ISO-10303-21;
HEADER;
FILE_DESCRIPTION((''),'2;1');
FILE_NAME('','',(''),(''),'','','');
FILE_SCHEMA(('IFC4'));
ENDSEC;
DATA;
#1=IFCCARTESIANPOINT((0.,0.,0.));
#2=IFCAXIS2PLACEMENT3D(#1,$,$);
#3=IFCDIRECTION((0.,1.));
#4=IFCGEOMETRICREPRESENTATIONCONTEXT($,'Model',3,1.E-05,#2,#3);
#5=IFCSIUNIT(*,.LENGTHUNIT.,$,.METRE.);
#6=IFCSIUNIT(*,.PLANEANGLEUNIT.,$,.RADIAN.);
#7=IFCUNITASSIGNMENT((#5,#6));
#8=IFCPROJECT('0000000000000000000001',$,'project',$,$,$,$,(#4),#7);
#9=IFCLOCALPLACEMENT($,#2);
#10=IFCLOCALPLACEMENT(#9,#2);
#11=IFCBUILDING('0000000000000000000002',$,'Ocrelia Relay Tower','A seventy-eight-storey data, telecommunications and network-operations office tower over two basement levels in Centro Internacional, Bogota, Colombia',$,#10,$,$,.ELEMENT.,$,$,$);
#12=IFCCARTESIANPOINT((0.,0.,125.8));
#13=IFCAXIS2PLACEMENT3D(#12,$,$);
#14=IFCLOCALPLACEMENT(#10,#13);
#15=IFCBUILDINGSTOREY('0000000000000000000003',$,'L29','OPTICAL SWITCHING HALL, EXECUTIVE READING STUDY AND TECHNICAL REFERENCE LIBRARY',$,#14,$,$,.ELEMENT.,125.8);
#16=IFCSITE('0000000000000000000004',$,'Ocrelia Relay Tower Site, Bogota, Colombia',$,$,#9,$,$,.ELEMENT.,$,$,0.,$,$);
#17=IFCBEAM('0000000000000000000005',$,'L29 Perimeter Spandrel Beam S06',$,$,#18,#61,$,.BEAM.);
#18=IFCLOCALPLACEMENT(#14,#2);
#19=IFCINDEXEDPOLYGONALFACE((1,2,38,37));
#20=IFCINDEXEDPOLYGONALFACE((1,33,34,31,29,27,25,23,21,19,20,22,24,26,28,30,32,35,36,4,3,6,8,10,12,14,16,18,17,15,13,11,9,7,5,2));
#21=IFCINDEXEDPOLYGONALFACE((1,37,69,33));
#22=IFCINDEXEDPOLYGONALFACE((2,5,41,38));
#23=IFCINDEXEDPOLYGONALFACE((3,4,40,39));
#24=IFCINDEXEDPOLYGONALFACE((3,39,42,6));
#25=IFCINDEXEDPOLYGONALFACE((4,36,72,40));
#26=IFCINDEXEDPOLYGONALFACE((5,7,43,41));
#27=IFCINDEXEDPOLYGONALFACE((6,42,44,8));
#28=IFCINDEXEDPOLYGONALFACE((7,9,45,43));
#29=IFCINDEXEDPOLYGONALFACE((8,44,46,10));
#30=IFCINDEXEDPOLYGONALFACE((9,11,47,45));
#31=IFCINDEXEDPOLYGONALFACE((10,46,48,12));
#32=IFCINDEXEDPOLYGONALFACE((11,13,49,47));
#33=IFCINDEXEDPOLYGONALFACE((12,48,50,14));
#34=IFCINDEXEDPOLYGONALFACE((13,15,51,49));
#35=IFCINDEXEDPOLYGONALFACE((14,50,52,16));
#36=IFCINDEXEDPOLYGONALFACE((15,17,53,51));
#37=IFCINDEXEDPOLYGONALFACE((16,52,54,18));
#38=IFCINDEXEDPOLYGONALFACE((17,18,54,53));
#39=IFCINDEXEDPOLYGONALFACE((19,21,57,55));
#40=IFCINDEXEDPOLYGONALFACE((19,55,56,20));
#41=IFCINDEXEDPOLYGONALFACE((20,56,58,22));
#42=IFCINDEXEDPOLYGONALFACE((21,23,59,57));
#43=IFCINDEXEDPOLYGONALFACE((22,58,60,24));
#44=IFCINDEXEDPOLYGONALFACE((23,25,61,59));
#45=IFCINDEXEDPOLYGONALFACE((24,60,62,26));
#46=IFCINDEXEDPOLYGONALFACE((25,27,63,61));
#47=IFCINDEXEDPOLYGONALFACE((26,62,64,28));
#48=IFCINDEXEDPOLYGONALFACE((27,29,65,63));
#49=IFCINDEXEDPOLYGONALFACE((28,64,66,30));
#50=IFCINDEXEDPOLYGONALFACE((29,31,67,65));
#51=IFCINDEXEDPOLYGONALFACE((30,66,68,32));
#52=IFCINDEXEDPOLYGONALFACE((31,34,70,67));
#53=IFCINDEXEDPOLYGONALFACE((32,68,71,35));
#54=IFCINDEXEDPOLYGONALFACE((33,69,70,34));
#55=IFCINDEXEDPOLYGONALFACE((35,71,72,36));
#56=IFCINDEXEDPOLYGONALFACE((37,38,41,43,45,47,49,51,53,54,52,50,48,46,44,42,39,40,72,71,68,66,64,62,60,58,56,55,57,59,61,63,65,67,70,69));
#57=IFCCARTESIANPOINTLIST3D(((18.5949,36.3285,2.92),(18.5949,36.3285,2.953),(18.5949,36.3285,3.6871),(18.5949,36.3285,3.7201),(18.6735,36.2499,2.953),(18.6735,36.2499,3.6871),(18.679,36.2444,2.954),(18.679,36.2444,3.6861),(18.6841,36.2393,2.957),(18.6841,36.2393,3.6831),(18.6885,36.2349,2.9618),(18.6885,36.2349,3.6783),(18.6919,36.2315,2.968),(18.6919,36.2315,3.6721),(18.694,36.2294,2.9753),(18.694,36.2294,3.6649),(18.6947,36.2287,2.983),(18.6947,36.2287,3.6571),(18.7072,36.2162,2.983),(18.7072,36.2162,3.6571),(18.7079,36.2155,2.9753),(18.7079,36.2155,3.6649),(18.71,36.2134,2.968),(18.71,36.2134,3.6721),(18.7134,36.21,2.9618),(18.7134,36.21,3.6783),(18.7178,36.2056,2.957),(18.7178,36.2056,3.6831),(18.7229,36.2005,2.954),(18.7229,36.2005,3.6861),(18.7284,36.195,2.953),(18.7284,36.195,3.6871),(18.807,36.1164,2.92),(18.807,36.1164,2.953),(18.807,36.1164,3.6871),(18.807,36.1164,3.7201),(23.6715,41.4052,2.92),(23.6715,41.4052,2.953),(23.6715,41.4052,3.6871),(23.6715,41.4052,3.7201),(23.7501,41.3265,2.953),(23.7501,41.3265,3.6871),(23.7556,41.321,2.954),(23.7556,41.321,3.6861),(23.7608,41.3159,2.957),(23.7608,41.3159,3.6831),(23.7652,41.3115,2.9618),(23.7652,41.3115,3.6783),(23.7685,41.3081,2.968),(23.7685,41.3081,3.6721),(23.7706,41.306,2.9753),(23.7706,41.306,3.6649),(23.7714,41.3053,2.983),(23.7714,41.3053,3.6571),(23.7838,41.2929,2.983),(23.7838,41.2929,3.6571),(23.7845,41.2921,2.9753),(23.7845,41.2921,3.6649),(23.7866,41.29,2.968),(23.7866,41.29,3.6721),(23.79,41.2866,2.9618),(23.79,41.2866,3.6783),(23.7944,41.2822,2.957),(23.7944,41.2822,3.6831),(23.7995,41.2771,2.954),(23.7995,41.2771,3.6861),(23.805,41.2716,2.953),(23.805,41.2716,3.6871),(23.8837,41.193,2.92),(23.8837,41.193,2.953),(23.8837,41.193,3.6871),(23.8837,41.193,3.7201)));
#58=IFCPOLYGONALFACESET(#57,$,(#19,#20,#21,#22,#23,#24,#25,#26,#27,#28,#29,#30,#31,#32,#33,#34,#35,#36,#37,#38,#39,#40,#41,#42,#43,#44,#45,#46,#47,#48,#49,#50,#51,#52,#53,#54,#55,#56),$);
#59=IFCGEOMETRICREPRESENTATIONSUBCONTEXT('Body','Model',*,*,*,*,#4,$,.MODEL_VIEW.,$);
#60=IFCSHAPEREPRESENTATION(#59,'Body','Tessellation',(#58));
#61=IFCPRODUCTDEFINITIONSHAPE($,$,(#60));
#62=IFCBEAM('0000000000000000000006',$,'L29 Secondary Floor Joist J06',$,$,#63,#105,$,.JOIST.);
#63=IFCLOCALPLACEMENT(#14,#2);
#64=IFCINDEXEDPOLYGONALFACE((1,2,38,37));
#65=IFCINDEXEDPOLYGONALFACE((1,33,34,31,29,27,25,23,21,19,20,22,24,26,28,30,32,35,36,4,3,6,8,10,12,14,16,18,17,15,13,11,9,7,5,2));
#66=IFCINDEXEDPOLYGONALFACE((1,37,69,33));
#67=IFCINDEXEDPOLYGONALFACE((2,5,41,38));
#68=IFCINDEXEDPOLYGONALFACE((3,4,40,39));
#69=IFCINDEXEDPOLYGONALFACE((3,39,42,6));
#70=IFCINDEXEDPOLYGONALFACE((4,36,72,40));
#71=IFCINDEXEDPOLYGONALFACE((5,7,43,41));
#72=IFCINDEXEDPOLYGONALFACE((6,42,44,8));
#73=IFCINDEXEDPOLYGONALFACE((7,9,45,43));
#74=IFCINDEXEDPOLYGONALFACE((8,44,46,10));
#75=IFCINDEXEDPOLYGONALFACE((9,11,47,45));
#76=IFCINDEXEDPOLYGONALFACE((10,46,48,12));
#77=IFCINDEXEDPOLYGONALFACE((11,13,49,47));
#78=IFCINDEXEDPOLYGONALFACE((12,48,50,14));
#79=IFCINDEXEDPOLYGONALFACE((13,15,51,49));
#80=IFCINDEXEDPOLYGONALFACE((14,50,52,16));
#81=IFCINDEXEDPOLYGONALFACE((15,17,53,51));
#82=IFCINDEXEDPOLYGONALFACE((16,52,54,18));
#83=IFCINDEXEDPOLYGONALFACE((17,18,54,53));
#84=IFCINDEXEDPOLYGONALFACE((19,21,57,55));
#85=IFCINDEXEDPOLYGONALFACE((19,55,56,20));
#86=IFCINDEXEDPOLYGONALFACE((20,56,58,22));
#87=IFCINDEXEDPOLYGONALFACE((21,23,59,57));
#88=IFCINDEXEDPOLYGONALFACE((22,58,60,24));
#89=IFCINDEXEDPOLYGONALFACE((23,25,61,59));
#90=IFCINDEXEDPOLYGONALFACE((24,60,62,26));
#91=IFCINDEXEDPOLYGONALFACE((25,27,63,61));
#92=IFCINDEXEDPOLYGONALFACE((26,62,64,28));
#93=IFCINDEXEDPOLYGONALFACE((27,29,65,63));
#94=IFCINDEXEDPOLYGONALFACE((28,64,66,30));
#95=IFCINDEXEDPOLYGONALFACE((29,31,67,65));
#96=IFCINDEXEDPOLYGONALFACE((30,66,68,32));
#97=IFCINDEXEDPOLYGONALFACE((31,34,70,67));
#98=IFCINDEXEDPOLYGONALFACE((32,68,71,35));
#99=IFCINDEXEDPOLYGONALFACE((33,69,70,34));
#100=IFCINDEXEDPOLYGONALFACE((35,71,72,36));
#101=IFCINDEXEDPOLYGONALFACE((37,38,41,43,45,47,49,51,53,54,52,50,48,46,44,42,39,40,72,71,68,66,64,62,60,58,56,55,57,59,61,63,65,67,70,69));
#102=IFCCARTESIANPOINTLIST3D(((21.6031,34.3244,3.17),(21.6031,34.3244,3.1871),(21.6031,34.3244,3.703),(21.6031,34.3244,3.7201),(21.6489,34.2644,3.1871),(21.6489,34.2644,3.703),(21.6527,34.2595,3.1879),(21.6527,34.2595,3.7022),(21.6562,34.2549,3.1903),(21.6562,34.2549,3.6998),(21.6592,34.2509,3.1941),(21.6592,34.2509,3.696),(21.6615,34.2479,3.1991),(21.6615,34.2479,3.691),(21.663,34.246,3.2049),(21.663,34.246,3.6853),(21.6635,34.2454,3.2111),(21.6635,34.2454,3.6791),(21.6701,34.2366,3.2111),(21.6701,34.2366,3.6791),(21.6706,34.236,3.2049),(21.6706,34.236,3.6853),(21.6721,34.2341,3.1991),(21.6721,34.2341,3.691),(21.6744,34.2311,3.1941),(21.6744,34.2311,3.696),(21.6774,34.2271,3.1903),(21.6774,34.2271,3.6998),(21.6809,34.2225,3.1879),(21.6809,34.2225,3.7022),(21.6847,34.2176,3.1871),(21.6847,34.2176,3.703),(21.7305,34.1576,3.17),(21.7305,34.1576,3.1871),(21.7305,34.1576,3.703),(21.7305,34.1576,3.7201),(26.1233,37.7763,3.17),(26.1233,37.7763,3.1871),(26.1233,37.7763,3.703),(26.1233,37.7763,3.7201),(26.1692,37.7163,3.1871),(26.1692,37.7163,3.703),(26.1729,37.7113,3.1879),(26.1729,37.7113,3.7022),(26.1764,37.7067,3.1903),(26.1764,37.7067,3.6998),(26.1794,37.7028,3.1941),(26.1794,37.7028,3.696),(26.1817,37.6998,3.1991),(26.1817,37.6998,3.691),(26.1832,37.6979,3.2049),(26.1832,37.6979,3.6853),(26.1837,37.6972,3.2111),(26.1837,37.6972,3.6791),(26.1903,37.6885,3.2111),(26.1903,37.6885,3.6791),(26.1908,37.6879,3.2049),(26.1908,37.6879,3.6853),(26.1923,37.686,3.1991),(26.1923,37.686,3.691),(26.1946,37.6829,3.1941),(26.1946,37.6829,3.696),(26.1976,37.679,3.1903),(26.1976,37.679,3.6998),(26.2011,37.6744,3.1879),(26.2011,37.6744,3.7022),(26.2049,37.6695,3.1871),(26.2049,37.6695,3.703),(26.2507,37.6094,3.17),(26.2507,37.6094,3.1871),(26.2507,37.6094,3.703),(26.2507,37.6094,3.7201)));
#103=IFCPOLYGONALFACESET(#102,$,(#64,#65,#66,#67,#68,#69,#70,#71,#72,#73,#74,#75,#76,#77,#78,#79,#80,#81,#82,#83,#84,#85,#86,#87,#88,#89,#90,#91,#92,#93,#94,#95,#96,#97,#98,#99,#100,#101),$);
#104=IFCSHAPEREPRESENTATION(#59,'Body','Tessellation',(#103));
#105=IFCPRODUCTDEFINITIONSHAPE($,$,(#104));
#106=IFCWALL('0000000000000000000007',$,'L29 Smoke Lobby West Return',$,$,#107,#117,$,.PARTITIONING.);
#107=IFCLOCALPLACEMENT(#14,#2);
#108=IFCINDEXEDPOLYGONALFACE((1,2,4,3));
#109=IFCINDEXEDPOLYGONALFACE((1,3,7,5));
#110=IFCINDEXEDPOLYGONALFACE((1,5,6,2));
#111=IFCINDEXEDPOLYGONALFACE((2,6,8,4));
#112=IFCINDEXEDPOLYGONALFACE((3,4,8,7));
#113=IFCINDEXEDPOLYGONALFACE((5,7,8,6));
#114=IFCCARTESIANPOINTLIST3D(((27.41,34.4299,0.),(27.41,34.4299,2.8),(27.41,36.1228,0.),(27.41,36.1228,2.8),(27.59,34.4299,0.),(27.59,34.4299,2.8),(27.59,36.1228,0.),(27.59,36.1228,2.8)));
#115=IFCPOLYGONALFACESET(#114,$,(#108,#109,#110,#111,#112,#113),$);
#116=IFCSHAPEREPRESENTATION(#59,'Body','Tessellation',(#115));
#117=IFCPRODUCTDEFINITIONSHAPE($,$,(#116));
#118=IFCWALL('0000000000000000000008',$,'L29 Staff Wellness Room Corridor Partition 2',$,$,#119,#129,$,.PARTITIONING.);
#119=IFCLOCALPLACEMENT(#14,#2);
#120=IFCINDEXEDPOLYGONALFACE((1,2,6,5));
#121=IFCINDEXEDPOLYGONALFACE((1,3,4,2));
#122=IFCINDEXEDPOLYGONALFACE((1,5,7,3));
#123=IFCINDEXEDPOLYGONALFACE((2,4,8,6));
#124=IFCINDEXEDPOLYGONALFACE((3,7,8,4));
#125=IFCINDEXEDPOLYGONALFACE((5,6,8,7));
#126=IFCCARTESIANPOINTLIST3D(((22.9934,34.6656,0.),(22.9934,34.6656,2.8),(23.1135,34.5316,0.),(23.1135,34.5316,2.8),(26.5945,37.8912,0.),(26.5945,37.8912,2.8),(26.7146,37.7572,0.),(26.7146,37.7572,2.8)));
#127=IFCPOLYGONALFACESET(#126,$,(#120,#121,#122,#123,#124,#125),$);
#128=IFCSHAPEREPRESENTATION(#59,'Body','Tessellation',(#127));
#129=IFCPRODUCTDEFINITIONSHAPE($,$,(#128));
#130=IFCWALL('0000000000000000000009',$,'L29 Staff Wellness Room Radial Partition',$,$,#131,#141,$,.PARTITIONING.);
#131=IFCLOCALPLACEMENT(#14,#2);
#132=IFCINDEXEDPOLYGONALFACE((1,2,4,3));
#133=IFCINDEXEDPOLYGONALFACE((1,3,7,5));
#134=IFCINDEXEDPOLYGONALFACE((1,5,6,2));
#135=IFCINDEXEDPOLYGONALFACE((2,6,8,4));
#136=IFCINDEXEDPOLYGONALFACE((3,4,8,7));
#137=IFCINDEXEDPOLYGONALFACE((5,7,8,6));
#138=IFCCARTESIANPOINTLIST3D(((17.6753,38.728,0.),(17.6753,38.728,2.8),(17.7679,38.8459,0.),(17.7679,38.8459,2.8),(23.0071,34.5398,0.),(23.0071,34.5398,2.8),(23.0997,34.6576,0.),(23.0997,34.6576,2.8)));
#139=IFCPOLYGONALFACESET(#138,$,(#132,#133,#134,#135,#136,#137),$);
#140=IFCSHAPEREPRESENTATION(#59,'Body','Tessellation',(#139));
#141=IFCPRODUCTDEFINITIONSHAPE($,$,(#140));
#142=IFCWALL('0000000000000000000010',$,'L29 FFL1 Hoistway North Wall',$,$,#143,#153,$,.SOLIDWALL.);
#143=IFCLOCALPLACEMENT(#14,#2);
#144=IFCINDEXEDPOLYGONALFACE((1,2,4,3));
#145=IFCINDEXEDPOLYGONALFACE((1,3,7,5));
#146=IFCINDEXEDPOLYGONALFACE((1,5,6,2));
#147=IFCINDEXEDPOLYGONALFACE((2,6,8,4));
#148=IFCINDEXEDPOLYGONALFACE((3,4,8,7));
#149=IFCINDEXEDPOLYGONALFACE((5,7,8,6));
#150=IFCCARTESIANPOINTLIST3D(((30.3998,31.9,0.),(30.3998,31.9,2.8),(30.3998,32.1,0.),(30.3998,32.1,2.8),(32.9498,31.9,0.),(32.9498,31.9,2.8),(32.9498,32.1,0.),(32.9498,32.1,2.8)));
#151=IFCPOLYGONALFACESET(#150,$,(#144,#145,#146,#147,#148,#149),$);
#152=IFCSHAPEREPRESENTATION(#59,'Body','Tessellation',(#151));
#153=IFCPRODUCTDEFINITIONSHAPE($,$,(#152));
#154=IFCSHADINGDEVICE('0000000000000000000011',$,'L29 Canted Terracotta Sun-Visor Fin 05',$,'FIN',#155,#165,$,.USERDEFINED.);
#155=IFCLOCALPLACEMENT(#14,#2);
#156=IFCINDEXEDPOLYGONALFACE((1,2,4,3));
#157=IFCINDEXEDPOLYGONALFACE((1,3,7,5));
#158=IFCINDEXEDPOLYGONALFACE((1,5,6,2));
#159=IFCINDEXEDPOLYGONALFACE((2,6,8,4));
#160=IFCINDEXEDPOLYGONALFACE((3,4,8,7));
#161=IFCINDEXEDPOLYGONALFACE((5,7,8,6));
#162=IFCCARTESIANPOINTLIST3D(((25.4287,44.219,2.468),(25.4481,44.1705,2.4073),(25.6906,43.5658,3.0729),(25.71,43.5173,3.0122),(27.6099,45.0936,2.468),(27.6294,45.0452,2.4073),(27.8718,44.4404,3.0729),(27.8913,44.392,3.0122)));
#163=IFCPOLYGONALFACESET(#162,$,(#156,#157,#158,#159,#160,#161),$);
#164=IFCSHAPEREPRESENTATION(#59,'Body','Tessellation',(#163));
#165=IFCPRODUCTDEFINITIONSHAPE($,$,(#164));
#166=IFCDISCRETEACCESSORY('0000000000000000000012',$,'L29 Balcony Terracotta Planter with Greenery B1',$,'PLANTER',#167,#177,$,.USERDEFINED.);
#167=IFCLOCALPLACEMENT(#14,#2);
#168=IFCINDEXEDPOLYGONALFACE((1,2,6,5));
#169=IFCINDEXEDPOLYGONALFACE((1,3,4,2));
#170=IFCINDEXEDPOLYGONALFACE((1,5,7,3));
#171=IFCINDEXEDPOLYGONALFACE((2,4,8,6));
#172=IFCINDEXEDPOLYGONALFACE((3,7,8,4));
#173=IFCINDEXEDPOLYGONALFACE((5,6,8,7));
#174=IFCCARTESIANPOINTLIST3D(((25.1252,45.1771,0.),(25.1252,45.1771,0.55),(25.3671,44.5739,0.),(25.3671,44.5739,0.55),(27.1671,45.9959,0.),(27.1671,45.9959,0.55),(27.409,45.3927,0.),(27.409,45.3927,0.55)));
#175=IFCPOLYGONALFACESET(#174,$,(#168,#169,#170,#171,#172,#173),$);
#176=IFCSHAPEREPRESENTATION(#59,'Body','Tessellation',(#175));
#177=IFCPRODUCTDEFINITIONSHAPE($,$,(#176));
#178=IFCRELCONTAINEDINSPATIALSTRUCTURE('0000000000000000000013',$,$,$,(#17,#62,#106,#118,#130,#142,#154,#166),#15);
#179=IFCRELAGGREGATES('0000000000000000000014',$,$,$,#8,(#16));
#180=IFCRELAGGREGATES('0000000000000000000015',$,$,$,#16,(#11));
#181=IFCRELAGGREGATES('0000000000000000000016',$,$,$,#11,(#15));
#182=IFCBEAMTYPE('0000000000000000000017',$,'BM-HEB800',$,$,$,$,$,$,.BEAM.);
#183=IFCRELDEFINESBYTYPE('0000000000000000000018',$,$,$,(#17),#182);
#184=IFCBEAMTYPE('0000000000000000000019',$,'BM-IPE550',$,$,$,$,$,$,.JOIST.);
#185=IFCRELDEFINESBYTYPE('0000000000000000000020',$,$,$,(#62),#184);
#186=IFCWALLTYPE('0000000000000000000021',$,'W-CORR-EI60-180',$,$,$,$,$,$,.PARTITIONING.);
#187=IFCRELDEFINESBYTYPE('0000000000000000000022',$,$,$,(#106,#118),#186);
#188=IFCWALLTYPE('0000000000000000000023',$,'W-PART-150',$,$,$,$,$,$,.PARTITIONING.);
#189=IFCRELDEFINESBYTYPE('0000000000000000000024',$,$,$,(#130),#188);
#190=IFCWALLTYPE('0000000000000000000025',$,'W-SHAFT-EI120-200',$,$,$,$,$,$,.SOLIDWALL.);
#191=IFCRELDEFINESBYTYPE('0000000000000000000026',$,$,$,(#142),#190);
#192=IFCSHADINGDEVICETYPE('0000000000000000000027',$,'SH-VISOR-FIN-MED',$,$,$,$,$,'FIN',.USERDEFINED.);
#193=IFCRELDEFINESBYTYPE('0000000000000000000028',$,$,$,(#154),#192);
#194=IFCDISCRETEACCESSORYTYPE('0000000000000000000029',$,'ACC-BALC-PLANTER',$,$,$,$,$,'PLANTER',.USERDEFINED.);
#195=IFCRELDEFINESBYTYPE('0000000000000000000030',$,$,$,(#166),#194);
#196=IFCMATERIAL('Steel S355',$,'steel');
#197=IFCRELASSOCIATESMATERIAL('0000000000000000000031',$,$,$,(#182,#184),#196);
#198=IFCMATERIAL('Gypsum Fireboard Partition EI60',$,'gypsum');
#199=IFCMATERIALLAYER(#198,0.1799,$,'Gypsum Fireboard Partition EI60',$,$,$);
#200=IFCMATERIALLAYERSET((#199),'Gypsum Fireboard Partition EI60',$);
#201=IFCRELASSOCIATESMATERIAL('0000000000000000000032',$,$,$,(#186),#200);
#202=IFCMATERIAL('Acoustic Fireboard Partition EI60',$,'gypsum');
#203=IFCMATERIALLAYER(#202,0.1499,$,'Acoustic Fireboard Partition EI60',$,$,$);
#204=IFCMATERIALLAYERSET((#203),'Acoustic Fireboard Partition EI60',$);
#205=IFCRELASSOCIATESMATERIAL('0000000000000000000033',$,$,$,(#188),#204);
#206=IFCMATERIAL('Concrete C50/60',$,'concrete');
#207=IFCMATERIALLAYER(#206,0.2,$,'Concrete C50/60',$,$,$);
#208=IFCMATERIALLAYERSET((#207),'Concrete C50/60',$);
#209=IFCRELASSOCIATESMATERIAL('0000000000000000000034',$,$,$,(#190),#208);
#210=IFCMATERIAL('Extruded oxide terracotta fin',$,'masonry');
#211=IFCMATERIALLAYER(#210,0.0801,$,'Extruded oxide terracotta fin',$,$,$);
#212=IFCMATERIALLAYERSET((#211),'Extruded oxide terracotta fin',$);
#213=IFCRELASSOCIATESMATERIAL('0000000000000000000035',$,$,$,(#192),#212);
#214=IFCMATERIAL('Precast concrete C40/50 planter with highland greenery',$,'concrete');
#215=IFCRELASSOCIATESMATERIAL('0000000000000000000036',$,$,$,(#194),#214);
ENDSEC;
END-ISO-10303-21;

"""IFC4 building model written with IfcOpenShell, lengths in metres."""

from ifc_helpers import new_model, si_unit, direction, frame, frame_2d, origin, origin_2d, place, context, subcontext, project, spatial, rectangle, i_section, extrude, material, layer, layer_set, material_profile, profile_set, type_object, element, save


model = new_model("IFC4")

# Units and contexts
model_context = context("Model", 3, precision=1e-05, world=origin(), true_north=direction((0.0, 1.0)))
body_context = subcontext(model_context, "Body", "Model", "MODEL_VIEW")
ifc_project = project(units=[si_unit("LENGTHUNIT", "METRE"), si_unit("PLANEANGLEUNIT", "RADIAN")], contexts=[model_context])

# Site, building, storey
site_placement = place(None, origin())
site = spatial("IfcSite", under=ifc_project, at=site_placement, Name="Ocrelia Relay Tower Site, Bogota, Colombia", CompositionType="ELEMENT", RefElevation=0.0)
building_placement = place(site_placement, origin())
building = spatial("IfcBuilding", under=site, at=building_placement, Name="Ocrelia Relay Tower", Description="A seventy-eight-storey data, telecommunications and network-operations office tower over two basement levels in Centro Internacional, Bogota, Colombia", CompositionType="ELEMENT")
storey_placement = place(building_placement, frame((0.0, 0.0, 125.8)))
storey = spatial("IfcBuildingStorey", under=building, at=storey_placement, Name="L29", Description="OPTICAL SWITCHING HALL, EXECUTIVE READING STUDY AND TECHNICAL REFERENCE LIBRARY", CompositionType="ELEMENT", Elevation=125.8)

# Beams
ifc_material_1 = material(Name="Steel S355", Category="steel")
ifc_material_profile_1 = material_profile(ifc_material_1, i_section(OverallWidth=0.3, OverallDepth=0.8, WebThickness=0.0176, FlangeThickness=0.033, FilletRadius=0.03, at=origin_2d()), Name="HEB 800")
ifc_profile_set_1 = profile_set([ifc_material_profile_1], Name="Steel S355")
beam_type_1 = type_object("IfcBeamType", Name="BM-HEB800", PredefinedType="BEAM", material=ifc_profile_set_1)
beam_1_placement = place(storey_placement, frame((23.7776, 41.2991, 3.3201), z_axis=(-0.707107, -0.707107, 0.0), x_axis=(0.707107, -0.707107, 0.0)))
element("IfcBeam", 1, at=beam_1_placement, inside=storey, type_object=beam_type_1, Name="L29 Perimeter Spandrel Beam S06", PredefinedType="BEAM", context=body_context, shape_type="SweptSolid", body=[
    extrude(i_section(OverallWidth=0.3, OverallDepth=0.8, WebThickness=0.0176, FlangeThickness=0.033, FilletRadius=0.03, at=origin_2d()), origin(), (0.0, 0.0, 1.0), 7.1794),
])
ifc_material_profile_2 = material_profile(ifc_material_1, i_section(OverallWidth=0.21, OverallDepth=0.55, WebThickness=0.011, FlangeThickness=0.0171, FilletRadius=0.0239, at=origin_2d()), Name="IPE 550")
ifc_profile_set_2 = profile_set([ifc_material_profile_2], Name="Steel S355")
beam_type_2 = type_object("IfcBeamType", Name="BM-IPE550", PredefinedType="JOIST", material=ifc_profile_set_2)
beam_2_placement = place(storey_placement, frame((26.187, 37.6929, 3.4451), z_axis=(-0.794762, -0.606921, 0.0), x_axis=(0.606921, -0.794762, 0.0)))
element("IfcBeam", 2, at=beam_2_placement, inside=storey, type_object=beam_type_2, Name="L29 Secondary Floor Joist J06", PredefinedType="JOIST", context=body_context, shape_type="SweptSolid", body=[
    extrude(i_section(OverallWidth=0.21, OverallDepth=0.55, WebThickness=0.011, FlangeThickness=0.0171, FilletRadius=0.0239, at=origin_2d()), origin(), (0.0, 0.0, 1.0), 5.6875),
])

# Wall
ifc_material_2 = material(Name="Gypsum Fireboard Partition EI60", Category="gypsum")
ifc_layer_1 = layer(ifc_material_2, 0.1799, Name="Gypsum Fireboard Partition EI60")
ifc_layer_set_1 = layer_set([ifc_layer_1], Name="Gypsum Fireboard Partition EI60")
wall_type_1 = type_object("IfcWallType", Name="W-CORR-EI60-180", PredefinedType="PARTITIONING", material=ifc_layer_set_1)
wall_1_placement = place(storey_placement, frame((27.5, 34.4299, 0.0), z_axis=(0.0, 0.0, 1.0), x_axis=(0.0, 1.0, 0.0)))
element("IfcWall", 3, at=wall_1_placement, inside=storey, type_object=wall_type_1, Name="L29 Smoke Lobby West Return", PredefinedType="PARTITIONING", context=body_context, shape_type="SweptSolid", body=[
    extrude(rectangle(XDim=1.6929, YDim=0.1799, at=frame_2d((0.8464, 0.0))), origin(), (0.0, 0.0, 1.0), 2.8),
])

# Wall
wall_2_placement = place(storey_placement, frame((26.6545, 37.8242, 0.0), z_axis=(0.0, 0.0, 1.0), x_axis=(-0.744874, -0.667205, 0.0)))
element("IfcWall", 4, at=wall_2_placement, inside=storey, type_object=wall_type_1, Name="L29 Staff Wellness Room Corridor Partition 2", PredefinedType="PARTITIONING", context=body_context, shape_type="SweptSolid", body=[
    extrude(rectangle(XDim=4.8345, YDim=0.1799, at=frame_2d((2.4172, 0.0))), origin(), (0.0, 0.0, 1.0), 2.8),
])

# Shared definitions
ifc_material_3 = material(Name="Concrete C50/60", Category="concrete")

# Walls
ifc_material_4 = material(Name="Acoustic Fireboard Partition EI60", Category="gypsum")
ifc_layer_2 = layer(ifc_material_4, 0.1499, Name="Acoustic Fireboard Partition EI60")
ifc_layer_set_2 = layer_set([ifc_layer_2], Name="Acoustic Fireboard Partition EI60")
wall_type_2 = type_object("IfcWallType", Name="W-PART-150", PredefinedType="PARTITIONING", material=ifc_layer_set_2)
wall_3_placement = place(storey_placement, frame((23.0535, 34.5986, 0.0), z_axis=(0.0, 0.0, 1.0), x_axis=(-0.786392, 0.617728, 0.0)))
element("IfcWall", 5, at=wall_3_placement, inside=storey, type_object=wall_type_2, Name="L29 Staff Wellness Room Radial Partition", PredefinedType="PARTITIONING", context=body_context, shape_type="SweptSolid", body=[
    extrude(rectangle(XDim=6.78, YDim=0.1499, at=frame_2d((3.3901, 0.0))), origin(), (0.0, 0.0, 1.0), 2.8),
])
ifc_layer_3 = layer(ifc_material_3, 0.2, Name="Concrete C50/60")
ifc_layer_set_3 = layer_set([ifc_layer_3], Name="Concrete C50/60")
wall_type_3 = type_object("IfcWallType", Name="W-SHAFT-EI120-200", PredefinedType="SOLIDWALL", material=ifc_layer_set_3)
wall_4_placement = place(storey_placement, frame((30.3999, 32.0, 0.0), z_axis=(0.0, 0.0, 1.0), x_axis=(1.0, 0.0, 0.0)))
element("IfcWall", 6, at=wall_4_placement, inside=storey, type_object=wall_type_3, Name="L29 FFL1 Hoistway North Wall", PredefinedType="SOLIDWALL", context=body_context, shape_type="SweptSolid", body=[
    extrude(rectangle(XDim=2.55, YDim=0.2, at=frame_2d((1.2749, 0.0))), origin(), (0.0, 0.0, 1.0), 2.8),
])

# Shading device
ifc_material_5 = material(Name="Extruded oxide terracotta fin", Category="masonry")
ifc_layer_4 = layer(ifc_material_5, 0.0801, Name="Extruded oxide terracotta fin")
ifc_layer_set_4 = layer_set([ifc_layer_4], Name="Extruded oxide terracotta fin")
shading_device_type = type_object("IfcShadingDeviceType", Name="SH-VISOR-FIN-MED", ElementType="FIN", PredefinedType="USERDEFINED", material=ifc_layer_set_4)
shading_device_placement = place(storey_placement, frame((26.6697, 44.2812, 2.7097), z_axis=(-0.242601, 0.605006, 0.758362), x_axis=(-0.92816, -0.372182, 0.0)))
element("IfcShadingDevice", 7, at=shading_device_placement, inside=storey, type_object=shading_device_type, Name="L29 Canted Terracotta Sun-Visor Fin 05", ObjectType="FIN", PredefinedType="USERDEFINED", context=body_context, shape_type="SweptSolid", body=[
    extrude(rectangle(XDim=2.3501, YDim=0.928, at=origin_2d()), origin(), (0.0, 0.0, 1.0), 0.0801),
])

# Discrete accessory
ifc_material_6 = material(Name="Precast concrete C40/50 planter with highland greenery", Category="concrete")
discrete_accessory_type_1 = type_object("IfcDiscreteAccessoryType", Name="ACC-BALC-PLANTER", ElementType="PLANTER", PredefinedType="USERDEFINED", material=ifc_material_6)
discrete_accessory_1_placement = place(storey_placement, frame((26.2671, 45.2849, 0.0), z_axis=(0.0, 0.0, 1.0), x_axis=(0.928161, 0.372179, 0.0)))
element("IfcDiscreteAccessory", 8, at=discrete_accessory_1_placement, inside=storey, type_object=discrete_accessory_type_1, Name="L29 Balcony Terracotta Planter with Greenery B1", ObjectType="PLANTER", PredefinedType="USERDEFINED", context=body_context, shape_type="SweptSolid", body=[
    extrude(rectangle(XDim=2.2, YDim=0.6499, at=origin_2d()), origin(), (0.0, 0.0, 1.0), 0.55),
])

save(model, "model.ifc")
